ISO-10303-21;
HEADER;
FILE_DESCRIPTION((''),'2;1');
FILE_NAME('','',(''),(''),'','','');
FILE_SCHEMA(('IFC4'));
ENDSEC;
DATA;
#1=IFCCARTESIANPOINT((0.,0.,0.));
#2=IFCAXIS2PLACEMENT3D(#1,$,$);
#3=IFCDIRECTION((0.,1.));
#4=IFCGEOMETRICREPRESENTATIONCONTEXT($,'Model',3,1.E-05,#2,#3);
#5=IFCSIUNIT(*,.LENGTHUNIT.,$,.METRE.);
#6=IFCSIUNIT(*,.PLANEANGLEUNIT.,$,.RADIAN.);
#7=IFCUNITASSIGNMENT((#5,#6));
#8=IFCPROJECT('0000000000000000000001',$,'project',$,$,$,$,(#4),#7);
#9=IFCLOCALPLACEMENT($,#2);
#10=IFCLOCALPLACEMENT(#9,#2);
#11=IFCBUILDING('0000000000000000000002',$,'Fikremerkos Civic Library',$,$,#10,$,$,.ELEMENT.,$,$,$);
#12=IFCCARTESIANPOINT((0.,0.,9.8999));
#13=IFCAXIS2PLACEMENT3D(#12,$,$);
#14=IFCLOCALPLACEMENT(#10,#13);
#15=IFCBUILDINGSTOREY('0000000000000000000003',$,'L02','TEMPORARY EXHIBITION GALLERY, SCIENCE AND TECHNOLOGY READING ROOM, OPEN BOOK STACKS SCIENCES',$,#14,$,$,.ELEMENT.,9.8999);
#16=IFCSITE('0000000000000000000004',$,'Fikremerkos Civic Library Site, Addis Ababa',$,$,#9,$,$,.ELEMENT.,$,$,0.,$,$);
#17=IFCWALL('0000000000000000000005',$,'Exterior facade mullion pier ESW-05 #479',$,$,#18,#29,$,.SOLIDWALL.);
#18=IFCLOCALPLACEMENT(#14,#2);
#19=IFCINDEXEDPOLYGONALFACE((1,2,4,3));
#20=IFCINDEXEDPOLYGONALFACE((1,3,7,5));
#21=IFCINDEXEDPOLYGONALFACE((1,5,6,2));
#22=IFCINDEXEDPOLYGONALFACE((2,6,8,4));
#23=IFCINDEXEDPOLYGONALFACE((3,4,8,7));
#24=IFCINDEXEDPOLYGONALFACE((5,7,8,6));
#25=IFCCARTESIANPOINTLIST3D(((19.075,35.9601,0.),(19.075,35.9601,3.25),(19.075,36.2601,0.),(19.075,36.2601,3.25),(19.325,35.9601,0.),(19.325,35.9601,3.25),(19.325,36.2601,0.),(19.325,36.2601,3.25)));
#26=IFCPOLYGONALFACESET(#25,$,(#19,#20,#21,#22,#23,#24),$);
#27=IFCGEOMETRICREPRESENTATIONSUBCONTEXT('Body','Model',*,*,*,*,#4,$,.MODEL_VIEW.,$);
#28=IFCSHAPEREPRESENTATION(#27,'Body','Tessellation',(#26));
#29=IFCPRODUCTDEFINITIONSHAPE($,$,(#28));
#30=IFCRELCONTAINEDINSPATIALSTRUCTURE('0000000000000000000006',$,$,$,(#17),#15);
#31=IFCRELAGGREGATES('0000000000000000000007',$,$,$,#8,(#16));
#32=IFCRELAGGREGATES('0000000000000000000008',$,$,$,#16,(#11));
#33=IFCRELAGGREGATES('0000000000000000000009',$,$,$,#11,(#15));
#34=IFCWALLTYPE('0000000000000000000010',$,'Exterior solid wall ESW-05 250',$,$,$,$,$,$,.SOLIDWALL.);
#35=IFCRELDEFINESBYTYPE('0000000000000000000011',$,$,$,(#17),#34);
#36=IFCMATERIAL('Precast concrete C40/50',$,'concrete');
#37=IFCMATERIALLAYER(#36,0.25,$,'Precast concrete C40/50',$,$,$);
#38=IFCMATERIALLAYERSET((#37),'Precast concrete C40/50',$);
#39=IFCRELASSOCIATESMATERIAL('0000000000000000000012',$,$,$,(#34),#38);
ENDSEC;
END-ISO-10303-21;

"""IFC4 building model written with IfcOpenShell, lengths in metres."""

from ifc_helpers import new_model, si_unit, direction, frame, frame_2d, origin, place, context, subcontext, project, spatial, rectangle, extrude, material, layer, layer_set, type_object, element, save


model = new_model("IFC4")

# Units and contexts
model_context = context("Model", 3, precision=1e-05, world=origin(), true_north=direction((0.0, 1.0)))
body_context = subcontext(model_context, "Body", "Model", "MODEL_VIEW")
ifc_project = project(units=[si_unit("LENGTHUNIT", "METRE"), si_unit("PLANEANGLEUNIT", "RADIAN")], contexts=[model_context])

# Site, building, storey
site_placement = place(None, origin())
site = spatial("IfcSite", under=ifc_project, at=site_placement, Name="Fikremerkos Civic Library Site, Addis Ababa", CompositionType="ELEMENT", RefElevation=0.0)
building_placement = place(site_placement, origin())
building = spatial("IfcBuilding", under=site, at=building_placement, Name="Fikremerkos Civic Library", CompositionType="ELEMENT")
storey_placement = place(building_placement, frame((0.0, 0.0, 9.8999)))
storey = spatial("IfcBuildingStorey", under=building, at=storey_placement, Name="L02", Description="TEMPORARY EXHIBITION GALLERY, SCIENCE AND TECHNOLOGY READING ROOM, OPEN BOOK STACKS SCIENCES", CompositionType="ELEMENT", Elevation=9.8999)

# Wall
ifc_material_1 = material(Name="Precast concrete C40/50", Category="concrete")
ifc_layer_1 = layer(ifc_material_1, 0.25, Name="Precast concrete C40/50")
ifc_layer_set_1 = layer_set([ifc_layer_1], Name="Precast concrete C40/50")
wall_type = type_object("IfcWallType", Name="Exterior solid wall ESW-05 250", PredefinedType="SOLIDWALL", material=ifc_layer_set_1)
wall_placement = place(storey_placement, frame((19.2, 36.26, 0.0), z_axis=(0.0, 0.0, 1.0), x_axis=(0.0, -1.0, 0.0)))
element("IfcWall", 1, at=wall_placement, inside=storey, type_object=wall_type, Name="Exterior facade mullion pier ESW-05 #479", PredefinedType="SOLIDWALL", context=body_context, shape_type="SweptSolid", body=[
    extrude(rectangle(XDim=0.3, YDim=0.25, at=frame_2d((0.1499, 0.0))), origin(), (0.0, 0.0, 1.0), 3.25),
])

save(model, "model.ifc")
